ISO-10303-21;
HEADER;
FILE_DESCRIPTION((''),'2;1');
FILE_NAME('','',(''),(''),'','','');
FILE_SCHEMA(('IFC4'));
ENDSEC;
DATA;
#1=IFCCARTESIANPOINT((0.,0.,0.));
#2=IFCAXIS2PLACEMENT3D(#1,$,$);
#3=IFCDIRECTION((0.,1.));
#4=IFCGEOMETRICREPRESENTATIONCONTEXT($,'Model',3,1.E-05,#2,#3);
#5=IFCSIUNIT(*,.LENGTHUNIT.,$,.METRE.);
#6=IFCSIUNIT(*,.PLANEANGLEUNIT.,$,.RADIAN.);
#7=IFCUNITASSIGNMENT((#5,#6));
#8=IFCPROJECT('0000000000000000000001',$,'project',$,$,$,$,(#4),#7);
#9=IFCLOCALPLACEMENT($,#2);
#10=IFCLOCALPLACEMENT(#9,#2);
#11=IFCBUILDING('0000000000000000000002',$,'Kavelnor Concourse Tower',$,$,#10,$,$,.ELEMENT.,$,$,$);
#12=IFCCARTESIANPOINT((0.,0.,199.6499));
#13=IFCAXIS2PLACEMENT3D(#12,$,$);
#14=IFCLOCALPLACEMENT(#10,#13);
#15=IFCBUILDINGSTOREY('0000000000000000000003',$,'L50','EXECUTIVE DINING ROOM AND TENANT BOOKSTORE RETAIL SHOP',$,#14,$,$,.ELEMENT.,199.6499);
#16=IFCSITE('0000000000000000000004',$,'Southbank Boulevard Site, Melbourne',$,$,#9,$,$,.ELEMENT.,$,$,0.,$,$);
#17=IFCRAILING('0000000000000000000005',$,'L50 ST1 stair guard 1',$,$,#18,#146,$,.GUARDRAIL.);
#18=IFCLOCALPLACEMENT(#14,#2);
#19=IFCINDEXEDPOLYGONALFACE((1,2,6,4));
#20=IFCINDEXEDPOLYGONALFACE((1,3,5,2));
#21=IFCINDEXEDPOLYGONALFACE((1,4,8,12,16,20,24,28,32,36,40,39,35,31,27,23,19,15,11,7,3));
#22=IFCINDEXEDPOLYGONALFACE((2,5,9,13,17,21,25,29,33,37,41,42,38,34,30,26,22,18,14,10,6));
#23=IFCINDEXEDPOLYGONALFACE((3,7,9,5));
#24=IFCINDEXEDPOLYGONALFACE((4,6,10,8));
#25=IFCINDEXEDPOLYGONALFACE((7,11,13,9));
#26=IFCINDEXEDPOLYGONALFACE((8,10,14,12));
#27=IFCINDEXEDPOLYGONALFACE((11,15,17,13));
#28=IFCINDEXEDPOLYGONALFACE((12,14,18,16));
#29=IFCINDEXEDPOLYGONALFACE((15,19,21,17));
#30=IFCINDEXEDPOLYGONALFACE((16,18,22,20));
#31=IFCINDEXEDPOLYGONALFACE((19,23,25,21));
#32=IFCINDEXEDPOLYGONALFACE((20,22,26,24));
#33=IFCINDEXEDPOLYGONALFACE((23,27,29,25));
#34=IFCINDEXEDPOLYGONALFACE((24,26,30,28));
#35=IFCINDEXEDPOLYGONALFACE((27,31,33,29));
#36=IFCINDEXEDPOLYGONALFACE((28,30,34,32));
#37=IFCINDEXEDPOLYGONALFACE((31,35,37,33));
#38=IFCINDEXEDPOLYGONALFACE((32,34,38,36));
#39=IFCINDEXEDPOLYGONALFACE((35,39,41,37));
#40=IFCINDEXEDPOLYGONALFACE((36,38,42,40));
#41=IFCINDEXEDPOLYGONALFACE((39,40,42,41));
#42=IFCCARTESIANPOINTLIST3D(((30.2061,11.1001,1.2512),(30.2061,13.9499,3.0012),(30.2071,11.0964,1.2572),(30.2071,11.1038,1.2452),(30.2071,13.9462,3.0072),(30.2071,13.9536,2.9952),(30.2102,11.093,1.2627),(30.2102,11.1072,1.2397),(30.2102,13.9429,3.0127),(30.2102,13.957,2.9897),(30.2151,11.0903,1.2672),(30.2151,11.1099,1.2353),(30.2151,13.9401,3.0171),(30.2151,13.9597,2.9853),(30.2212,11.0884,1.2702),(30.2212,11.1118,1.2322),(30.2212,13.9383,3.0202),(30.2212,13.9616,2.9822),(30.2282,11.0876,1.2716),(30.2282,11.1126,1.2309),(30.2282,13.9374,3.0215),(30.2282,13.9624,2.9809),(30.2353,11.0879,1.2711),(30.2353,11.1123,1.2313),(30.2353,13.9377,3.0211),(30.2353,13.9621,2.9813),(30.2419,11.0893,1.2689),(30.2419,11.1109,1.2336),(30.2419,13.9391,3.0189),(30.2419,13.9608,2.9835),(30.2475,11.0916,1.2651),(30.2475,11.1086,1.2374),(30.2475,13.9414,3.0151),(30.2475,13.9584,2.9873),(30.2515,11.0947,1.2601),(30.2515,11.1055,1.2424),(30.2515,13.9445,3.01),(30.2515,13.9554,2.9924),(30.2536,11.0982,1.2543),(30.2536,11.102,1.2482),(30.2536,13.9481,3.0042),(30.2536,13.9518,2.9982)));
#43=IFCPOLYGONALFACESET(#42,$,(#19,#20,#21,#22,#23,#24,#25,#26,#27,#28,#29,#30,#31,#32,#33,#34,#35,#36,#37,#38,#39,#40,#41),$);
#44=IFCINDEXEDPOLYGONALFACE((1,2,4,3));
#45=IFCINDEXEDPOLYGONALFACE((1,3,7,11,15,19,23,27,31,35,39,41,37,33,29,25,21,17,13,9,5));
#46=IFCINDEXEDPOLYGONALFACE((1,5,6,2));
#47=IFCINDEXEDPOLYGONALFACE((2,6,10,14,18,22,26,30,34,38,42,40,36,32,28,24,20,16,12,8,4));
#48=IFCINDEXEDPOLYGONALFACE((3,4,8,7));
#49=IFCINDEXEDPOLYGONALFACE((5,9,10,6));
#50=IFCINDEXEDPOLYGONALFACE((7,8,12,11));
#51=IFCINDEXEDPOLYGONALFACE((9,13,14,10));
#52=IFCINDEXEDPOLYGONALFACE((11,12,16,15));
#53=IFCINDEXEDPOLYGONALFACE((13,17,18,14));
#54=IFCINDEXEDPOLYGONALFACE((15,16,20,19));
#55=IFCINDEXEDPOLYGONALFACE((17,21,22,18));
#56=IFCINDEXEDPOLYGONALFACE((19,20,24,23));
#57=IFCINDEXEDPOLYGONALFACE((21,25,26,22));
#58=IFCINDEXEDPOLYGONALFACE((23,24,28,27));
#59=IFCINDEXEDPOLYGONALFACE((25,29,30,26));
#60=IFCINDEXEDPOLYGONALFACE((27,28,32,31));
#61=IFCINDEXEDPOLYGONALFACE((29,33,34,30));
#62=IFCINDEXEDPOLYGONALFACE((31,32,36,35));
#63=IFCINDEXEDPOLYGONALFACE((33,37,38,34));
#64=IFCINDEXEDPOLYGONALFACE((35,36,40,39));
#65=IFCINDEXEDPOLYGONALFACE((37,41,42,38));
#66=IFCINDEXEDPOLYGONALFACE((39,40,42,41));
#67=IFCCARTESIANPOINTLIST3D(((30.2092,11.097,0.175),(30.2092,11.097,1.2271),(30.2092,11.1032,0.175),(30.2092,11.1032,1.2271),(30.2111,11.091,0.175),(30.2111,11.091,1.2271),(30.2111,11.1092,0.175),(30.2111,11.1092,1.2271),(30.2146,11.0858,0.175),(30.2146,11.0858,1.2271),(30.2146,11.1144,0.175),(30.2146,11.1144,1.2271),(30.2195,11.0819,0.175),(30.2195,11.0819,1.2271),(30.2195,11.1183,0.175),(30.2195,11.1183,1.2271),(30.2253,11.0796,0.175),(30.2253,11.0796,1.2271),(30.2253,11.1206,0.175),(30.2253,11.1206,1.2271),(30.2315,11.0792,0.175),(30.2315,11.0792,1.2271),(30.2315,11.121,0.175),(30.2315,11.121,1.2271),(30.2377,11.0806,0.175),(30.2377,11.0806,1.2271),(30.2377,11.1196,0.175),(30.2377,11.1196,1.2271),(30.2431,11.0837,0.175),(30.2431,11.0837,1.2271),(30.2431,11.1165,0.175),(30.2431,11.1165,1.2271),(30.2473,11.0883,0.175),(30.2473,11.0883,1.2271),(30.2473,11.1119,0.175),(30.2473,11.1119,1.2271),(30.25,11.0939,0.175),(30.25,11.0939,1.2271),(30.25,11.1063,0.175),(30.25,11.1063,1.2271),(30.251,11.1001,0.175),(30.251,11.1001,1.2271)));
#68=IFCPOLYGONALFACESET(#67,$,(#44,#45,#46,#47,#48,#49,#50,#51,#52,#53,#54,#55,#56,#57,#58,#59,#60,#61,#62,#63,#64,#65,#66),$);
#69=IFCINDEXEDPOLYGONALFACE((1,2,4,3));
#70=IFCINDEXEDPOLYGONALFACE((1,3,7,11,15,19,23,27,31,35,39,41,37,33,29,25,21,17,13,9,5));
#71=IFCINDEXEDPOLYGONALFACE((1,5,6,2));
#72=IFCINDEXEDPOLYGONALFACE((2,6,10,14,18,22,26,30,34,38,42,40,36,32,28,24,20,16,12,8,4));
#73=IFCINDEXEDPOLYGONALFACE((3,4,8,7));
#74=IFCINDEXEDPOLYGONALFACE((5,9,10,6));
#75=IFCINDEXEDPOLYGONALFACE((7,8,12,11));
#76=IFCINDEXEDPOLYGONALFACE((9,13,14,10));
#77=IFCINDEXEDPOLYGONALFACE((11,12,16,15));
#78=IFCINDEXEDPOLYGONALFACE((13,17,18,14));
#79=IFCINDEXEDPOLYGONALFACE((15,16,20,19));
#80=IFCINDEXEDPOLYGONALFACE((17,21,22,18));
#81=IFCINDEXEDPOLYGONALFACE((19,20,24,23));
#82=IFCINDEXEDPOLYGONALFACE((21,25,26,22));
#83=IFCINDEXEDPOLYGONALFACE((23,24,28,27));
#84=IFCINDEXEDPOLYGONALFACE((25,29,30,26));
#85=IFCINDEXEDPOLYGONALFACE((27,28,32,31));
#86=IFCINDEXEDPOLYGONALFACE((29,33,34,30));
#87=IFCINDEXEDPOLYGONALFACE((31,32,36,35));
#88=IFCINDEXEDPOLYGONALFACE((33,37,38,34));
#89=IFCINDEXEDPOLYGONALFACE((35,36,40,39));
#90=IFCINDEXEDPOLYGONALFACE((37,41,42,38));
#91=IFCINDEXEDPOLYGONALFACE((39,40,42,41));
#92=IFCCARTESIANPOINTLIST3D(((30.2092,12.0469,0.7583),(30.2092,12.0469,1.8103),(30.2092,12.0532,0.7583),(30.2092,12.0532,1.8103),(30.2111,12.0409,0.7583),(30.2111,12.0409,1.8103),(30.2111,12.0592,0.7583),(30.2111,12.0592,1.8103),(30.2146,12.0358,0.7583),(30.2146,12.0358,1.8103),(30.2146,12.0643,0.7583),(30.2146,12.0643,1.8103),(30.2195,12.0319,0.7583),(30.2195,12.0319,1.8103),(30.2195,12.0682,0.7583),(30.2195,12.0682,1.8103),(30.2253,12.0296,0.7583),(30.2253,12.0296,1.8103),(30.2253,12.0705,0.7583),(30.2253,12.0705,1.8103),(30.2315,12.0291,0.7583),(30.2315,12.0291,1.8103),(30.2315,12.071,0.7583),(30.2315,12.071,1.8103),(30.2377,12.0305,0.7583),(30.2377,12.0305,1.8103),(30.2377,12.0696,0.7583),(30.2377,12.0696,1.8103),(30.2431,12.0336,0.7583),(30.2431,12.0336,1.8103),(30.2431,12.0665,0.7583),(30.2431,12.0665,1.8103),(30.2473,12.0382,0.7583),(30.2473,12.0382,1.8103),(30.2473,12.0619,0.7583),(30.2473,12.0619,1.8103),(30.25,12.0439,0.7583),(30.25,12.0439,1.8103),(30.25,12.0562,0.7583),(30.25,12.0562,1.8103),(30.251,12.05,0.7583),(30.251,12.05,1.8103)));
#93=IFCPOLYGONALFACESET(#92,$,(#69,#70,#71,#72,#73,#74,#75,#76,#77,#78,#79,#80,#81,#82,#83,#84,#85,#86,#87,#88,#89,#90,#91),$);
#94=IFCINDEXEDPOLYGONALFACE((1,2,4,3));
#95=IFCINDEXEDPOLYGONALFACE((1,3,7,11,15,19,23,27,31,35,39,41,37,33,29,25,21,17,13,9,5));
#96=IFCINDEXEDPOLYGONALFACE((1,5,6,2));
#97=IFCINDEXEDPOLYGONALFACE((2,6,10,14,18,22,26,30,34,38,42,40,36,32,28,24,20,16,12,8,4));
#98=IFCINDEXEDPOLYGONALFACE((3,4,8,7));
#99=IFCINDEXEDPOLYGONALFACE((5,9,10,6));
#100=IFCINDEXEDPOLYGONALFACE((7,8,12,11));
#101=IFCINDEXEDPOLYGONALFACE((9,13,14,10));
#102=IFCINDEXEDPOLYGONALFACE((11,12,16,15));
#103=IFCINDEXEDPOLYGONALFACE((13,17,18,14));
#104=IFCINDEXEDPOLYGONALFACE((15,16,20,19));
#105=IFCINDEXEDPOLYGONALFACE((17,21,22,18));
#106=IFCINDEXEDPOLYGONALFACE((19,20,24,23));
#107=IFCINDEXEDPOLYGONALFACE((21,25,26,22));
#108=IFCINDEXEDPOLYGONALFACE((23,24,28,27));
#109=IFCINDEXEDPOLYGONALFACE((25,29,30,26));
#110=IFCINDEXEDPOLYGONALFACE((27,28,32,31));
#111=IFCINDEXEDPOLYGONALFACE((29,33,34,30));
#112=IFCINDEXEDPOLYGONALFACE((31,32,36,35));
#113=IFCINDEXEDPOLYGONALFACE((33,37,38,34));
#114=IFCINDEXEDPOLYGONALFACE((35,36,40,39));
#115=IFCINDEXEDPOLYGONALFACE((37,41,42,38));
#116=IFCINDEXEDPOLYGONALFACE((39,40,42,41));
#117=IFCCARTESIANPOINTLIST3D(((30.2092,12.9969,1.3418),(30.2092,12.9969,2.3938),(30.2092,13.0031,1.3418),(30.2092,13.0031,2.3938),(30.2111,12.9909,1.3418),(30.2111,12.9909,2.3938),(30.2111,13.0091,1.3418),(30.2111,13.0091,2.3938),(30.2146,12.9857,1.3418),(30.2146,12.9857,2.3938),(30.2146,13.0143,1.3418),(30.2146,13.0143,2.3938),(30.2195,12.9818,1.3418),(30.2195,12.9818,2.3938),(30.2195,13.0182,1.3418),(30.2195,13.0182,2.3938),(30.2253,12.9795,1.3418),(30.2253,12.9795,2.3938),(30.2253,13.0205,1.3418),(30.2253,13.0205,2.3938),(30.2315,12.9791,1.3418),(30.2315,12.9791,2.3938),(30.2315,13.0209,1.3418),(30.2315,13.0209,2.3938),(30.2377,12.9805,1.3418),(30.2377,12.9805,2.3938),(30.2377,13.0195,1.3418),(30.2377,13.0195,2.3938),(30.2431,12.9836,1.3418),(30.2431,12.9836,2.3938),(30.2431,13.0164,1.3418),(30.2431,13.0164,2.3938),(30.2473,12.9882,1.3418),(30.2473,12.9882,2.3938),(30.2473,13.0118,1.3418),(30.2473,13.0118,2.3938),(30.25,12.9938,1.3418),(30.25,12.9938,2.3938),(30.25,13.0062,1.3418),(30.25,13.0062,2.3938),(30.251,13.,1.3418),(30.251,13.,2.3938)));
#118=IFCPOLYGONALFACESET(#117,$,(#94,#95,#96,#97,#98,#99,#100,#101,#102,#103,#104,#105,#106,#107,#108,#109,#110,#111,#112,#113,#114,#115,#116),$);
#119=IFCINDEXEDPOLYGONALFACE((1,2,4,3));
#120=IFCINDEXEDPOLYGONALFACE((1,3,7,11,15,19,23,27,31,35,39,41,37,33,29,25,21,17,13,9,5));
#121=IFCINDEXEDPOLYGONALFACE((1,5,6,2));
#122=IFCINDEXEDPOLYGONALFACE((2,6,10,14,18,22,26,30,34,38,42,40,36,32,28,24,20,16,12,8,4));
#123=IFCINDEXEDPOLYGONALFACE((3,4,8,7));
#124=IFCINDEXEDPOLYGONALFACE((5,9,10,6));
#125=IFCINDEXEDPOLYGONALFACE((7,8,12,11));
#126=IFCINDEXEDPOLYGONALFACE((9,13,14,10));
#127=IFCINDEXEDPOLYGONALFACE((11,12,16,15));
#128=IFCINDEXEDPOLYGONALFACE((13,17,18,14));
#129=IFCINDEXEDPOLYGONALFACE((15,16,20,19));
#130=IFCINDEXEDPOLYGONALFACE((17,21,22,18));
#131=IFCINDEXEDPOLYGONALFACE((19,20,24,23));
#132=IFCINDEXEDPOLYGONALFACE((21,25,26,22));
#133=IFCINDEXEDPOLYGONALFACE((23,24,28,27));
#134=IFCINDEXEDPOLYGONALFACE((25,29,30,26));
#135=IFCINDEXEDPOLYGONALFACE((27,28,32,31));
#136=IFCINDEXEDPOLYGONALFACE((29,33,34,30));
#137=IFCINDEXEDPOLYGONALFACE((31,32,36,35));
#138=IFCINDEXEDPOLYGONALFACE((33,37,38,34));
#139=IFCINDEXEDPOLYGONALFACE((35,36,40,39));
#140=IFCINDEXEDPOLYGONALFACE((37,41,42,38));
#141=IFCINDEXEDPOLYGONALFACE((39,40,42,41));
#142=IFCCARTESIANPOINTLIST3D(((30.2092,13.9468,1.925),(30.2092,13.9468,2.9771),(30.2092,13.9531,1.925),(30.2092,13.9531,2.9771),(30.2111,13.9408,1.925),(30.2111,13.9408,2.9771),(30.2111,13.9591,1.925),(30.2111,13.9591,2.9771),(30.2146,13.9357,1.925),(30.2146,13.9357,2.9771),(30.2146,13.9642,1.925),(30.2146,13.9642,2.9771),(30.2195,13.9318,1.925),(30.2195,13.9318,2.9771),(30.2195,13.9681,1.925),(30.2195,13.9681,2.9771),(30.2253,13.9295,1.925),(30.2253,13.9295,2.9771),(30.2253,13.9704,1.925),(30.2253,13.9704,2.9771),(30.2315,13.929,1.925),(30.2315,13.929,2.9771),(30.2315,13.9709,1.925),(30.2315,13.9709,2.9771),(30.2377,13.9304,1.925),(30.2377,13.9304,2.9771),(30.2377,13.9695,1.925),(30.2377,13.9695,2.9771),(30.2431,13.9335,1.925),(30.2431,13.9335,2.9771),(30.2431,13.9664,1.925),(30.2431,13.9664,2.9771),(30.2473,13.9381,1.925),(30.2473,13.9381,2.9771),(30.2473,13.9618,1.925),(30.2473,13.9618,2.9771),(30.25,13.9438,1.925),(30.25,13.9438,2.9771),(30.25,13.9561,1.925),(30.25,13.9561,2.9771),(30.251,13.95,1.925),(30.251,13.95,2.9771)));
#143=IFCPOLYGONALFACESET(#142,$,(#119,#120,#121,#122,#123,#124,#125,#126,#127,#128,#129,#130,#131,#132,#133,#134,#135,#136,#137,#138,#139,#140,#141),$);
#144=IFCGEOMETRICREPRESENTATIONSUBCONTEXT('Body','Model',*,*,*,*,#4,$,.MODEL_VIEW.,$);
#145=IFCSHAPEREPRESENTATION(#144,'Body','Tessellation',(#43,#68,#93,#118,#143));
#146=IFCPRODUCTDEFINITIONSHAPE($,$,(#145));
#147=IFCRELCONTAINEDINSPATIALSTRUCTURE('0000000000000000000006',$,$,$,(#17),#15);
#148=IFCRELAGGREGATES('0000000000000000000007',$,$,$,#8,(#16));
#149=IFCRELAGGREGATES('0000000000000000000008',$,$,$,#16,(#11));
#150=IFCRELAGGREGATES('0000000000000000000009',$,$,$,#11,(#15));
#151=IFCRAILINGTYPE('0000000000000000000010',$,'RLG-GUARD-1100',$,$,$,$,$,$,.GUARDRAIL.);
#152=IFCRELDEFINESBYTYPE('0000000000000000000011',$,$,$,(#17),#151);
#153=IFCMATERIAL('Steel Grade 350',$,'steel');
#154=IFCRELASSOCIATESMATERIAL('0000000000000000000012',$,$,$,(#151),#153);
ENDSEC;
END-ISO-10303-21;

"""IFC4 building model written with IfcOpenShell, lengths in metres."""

from ifc_helpers import new_model, si_unit, direction, frame, origin, origin_2d, place, context, subcontext, project, spatial, circle, extrude, material, type_object, element, save


model = new_model("IFC4")

# Units and contexts
model_context = context("Model", 3, precision=1e-05, world=origin(), true_north=direction((0.0, 1.0)))
body_context = subcontext(model_context, "Body", "Model", "MODEL_VIEW")
ifc_project = project(units=[si_unit("LENGTHUNIT", "METRE"), si_unit("PLANEANGLEUNIT", "RADIAN")], contexts=[model_context])

# Site, building, storey
site_placement = place(None, origin())
site = spatial("IfcSite", under=ifc_project, at=site_placement, Name="Southbank Boulevard Site, Melbourne", CompositionType="ELEMENT", RefElevation=0.0)
building_placement = place(site_placement, origin())
building = spatial("IfcBuilding", under=site, at=building_placement, Name="Kavelnor Concourse Tower", CompositionType="ELEMENT")
storey_placement = place(building_placement, frame((0.0, 0.0, 199.6499)))
storey = spatial("IfcBuildingStorey", under=building, at=storey_placement, Name="L50", Description="EXECUTIVE DINING ROOM AND TENANT BOOKSTORE RETAIL SHOP", CompositionType="ELEMENT", Elevation=199.6499)

# Shared definitions
ifc_material_1 = material(Name="Steel Grade 350", Category="steel")

# Railing
railing_type_1 = type_object("IfcRailingType", Name="RLG-GUARD-1100", PredefinedType="GUARDRAIL", material=ifc_material_1)
railing_1_placement = place(storey_placement, frame((30.23, 11.1001, 0.175)))
element("IfcRailing", 1, at=railing_1_placement, inside=storey, type_object=railing_type_1, Name="L50 ST1 stair guard 1", PredefinedType="GUARDRAIL", context=body_context, shape_type="SweptSolid", body=[
    extrude(circle(Radius=0.0239, at=origin_2d()), frame((0.0, 0.0, 1.0762), z_axis=(0.0, 0.852159, 0.523283), x_axis=(-1.0, 0.0, 0.0)), (0.0, 0.0, 1.0), 3.3442),
    extrude(circle(Radius=0.021, at=origin_2d()), origin(), (0.0, 0.0, 1.0), 1.052),
    extrude(circle(Radius=0.021, at=origin_2d()), frame((0.0, 0.95, 0.5833)), (0.0, 0.0, 1.0), 1.052),
    extrude(circle(Radius=0.021, at=origin_2d()), frame((0.0, 1.8999, 1.1667)), (0.0, 0.0, 1.0), 1.052),
    extrude(circle(Radius=0.021, at=origin_2d()), frame((0.0, 2.8499, 1.75)), (0.0, 0.0, 1.0), 1.052),
])

save(model, "model.ifc")
